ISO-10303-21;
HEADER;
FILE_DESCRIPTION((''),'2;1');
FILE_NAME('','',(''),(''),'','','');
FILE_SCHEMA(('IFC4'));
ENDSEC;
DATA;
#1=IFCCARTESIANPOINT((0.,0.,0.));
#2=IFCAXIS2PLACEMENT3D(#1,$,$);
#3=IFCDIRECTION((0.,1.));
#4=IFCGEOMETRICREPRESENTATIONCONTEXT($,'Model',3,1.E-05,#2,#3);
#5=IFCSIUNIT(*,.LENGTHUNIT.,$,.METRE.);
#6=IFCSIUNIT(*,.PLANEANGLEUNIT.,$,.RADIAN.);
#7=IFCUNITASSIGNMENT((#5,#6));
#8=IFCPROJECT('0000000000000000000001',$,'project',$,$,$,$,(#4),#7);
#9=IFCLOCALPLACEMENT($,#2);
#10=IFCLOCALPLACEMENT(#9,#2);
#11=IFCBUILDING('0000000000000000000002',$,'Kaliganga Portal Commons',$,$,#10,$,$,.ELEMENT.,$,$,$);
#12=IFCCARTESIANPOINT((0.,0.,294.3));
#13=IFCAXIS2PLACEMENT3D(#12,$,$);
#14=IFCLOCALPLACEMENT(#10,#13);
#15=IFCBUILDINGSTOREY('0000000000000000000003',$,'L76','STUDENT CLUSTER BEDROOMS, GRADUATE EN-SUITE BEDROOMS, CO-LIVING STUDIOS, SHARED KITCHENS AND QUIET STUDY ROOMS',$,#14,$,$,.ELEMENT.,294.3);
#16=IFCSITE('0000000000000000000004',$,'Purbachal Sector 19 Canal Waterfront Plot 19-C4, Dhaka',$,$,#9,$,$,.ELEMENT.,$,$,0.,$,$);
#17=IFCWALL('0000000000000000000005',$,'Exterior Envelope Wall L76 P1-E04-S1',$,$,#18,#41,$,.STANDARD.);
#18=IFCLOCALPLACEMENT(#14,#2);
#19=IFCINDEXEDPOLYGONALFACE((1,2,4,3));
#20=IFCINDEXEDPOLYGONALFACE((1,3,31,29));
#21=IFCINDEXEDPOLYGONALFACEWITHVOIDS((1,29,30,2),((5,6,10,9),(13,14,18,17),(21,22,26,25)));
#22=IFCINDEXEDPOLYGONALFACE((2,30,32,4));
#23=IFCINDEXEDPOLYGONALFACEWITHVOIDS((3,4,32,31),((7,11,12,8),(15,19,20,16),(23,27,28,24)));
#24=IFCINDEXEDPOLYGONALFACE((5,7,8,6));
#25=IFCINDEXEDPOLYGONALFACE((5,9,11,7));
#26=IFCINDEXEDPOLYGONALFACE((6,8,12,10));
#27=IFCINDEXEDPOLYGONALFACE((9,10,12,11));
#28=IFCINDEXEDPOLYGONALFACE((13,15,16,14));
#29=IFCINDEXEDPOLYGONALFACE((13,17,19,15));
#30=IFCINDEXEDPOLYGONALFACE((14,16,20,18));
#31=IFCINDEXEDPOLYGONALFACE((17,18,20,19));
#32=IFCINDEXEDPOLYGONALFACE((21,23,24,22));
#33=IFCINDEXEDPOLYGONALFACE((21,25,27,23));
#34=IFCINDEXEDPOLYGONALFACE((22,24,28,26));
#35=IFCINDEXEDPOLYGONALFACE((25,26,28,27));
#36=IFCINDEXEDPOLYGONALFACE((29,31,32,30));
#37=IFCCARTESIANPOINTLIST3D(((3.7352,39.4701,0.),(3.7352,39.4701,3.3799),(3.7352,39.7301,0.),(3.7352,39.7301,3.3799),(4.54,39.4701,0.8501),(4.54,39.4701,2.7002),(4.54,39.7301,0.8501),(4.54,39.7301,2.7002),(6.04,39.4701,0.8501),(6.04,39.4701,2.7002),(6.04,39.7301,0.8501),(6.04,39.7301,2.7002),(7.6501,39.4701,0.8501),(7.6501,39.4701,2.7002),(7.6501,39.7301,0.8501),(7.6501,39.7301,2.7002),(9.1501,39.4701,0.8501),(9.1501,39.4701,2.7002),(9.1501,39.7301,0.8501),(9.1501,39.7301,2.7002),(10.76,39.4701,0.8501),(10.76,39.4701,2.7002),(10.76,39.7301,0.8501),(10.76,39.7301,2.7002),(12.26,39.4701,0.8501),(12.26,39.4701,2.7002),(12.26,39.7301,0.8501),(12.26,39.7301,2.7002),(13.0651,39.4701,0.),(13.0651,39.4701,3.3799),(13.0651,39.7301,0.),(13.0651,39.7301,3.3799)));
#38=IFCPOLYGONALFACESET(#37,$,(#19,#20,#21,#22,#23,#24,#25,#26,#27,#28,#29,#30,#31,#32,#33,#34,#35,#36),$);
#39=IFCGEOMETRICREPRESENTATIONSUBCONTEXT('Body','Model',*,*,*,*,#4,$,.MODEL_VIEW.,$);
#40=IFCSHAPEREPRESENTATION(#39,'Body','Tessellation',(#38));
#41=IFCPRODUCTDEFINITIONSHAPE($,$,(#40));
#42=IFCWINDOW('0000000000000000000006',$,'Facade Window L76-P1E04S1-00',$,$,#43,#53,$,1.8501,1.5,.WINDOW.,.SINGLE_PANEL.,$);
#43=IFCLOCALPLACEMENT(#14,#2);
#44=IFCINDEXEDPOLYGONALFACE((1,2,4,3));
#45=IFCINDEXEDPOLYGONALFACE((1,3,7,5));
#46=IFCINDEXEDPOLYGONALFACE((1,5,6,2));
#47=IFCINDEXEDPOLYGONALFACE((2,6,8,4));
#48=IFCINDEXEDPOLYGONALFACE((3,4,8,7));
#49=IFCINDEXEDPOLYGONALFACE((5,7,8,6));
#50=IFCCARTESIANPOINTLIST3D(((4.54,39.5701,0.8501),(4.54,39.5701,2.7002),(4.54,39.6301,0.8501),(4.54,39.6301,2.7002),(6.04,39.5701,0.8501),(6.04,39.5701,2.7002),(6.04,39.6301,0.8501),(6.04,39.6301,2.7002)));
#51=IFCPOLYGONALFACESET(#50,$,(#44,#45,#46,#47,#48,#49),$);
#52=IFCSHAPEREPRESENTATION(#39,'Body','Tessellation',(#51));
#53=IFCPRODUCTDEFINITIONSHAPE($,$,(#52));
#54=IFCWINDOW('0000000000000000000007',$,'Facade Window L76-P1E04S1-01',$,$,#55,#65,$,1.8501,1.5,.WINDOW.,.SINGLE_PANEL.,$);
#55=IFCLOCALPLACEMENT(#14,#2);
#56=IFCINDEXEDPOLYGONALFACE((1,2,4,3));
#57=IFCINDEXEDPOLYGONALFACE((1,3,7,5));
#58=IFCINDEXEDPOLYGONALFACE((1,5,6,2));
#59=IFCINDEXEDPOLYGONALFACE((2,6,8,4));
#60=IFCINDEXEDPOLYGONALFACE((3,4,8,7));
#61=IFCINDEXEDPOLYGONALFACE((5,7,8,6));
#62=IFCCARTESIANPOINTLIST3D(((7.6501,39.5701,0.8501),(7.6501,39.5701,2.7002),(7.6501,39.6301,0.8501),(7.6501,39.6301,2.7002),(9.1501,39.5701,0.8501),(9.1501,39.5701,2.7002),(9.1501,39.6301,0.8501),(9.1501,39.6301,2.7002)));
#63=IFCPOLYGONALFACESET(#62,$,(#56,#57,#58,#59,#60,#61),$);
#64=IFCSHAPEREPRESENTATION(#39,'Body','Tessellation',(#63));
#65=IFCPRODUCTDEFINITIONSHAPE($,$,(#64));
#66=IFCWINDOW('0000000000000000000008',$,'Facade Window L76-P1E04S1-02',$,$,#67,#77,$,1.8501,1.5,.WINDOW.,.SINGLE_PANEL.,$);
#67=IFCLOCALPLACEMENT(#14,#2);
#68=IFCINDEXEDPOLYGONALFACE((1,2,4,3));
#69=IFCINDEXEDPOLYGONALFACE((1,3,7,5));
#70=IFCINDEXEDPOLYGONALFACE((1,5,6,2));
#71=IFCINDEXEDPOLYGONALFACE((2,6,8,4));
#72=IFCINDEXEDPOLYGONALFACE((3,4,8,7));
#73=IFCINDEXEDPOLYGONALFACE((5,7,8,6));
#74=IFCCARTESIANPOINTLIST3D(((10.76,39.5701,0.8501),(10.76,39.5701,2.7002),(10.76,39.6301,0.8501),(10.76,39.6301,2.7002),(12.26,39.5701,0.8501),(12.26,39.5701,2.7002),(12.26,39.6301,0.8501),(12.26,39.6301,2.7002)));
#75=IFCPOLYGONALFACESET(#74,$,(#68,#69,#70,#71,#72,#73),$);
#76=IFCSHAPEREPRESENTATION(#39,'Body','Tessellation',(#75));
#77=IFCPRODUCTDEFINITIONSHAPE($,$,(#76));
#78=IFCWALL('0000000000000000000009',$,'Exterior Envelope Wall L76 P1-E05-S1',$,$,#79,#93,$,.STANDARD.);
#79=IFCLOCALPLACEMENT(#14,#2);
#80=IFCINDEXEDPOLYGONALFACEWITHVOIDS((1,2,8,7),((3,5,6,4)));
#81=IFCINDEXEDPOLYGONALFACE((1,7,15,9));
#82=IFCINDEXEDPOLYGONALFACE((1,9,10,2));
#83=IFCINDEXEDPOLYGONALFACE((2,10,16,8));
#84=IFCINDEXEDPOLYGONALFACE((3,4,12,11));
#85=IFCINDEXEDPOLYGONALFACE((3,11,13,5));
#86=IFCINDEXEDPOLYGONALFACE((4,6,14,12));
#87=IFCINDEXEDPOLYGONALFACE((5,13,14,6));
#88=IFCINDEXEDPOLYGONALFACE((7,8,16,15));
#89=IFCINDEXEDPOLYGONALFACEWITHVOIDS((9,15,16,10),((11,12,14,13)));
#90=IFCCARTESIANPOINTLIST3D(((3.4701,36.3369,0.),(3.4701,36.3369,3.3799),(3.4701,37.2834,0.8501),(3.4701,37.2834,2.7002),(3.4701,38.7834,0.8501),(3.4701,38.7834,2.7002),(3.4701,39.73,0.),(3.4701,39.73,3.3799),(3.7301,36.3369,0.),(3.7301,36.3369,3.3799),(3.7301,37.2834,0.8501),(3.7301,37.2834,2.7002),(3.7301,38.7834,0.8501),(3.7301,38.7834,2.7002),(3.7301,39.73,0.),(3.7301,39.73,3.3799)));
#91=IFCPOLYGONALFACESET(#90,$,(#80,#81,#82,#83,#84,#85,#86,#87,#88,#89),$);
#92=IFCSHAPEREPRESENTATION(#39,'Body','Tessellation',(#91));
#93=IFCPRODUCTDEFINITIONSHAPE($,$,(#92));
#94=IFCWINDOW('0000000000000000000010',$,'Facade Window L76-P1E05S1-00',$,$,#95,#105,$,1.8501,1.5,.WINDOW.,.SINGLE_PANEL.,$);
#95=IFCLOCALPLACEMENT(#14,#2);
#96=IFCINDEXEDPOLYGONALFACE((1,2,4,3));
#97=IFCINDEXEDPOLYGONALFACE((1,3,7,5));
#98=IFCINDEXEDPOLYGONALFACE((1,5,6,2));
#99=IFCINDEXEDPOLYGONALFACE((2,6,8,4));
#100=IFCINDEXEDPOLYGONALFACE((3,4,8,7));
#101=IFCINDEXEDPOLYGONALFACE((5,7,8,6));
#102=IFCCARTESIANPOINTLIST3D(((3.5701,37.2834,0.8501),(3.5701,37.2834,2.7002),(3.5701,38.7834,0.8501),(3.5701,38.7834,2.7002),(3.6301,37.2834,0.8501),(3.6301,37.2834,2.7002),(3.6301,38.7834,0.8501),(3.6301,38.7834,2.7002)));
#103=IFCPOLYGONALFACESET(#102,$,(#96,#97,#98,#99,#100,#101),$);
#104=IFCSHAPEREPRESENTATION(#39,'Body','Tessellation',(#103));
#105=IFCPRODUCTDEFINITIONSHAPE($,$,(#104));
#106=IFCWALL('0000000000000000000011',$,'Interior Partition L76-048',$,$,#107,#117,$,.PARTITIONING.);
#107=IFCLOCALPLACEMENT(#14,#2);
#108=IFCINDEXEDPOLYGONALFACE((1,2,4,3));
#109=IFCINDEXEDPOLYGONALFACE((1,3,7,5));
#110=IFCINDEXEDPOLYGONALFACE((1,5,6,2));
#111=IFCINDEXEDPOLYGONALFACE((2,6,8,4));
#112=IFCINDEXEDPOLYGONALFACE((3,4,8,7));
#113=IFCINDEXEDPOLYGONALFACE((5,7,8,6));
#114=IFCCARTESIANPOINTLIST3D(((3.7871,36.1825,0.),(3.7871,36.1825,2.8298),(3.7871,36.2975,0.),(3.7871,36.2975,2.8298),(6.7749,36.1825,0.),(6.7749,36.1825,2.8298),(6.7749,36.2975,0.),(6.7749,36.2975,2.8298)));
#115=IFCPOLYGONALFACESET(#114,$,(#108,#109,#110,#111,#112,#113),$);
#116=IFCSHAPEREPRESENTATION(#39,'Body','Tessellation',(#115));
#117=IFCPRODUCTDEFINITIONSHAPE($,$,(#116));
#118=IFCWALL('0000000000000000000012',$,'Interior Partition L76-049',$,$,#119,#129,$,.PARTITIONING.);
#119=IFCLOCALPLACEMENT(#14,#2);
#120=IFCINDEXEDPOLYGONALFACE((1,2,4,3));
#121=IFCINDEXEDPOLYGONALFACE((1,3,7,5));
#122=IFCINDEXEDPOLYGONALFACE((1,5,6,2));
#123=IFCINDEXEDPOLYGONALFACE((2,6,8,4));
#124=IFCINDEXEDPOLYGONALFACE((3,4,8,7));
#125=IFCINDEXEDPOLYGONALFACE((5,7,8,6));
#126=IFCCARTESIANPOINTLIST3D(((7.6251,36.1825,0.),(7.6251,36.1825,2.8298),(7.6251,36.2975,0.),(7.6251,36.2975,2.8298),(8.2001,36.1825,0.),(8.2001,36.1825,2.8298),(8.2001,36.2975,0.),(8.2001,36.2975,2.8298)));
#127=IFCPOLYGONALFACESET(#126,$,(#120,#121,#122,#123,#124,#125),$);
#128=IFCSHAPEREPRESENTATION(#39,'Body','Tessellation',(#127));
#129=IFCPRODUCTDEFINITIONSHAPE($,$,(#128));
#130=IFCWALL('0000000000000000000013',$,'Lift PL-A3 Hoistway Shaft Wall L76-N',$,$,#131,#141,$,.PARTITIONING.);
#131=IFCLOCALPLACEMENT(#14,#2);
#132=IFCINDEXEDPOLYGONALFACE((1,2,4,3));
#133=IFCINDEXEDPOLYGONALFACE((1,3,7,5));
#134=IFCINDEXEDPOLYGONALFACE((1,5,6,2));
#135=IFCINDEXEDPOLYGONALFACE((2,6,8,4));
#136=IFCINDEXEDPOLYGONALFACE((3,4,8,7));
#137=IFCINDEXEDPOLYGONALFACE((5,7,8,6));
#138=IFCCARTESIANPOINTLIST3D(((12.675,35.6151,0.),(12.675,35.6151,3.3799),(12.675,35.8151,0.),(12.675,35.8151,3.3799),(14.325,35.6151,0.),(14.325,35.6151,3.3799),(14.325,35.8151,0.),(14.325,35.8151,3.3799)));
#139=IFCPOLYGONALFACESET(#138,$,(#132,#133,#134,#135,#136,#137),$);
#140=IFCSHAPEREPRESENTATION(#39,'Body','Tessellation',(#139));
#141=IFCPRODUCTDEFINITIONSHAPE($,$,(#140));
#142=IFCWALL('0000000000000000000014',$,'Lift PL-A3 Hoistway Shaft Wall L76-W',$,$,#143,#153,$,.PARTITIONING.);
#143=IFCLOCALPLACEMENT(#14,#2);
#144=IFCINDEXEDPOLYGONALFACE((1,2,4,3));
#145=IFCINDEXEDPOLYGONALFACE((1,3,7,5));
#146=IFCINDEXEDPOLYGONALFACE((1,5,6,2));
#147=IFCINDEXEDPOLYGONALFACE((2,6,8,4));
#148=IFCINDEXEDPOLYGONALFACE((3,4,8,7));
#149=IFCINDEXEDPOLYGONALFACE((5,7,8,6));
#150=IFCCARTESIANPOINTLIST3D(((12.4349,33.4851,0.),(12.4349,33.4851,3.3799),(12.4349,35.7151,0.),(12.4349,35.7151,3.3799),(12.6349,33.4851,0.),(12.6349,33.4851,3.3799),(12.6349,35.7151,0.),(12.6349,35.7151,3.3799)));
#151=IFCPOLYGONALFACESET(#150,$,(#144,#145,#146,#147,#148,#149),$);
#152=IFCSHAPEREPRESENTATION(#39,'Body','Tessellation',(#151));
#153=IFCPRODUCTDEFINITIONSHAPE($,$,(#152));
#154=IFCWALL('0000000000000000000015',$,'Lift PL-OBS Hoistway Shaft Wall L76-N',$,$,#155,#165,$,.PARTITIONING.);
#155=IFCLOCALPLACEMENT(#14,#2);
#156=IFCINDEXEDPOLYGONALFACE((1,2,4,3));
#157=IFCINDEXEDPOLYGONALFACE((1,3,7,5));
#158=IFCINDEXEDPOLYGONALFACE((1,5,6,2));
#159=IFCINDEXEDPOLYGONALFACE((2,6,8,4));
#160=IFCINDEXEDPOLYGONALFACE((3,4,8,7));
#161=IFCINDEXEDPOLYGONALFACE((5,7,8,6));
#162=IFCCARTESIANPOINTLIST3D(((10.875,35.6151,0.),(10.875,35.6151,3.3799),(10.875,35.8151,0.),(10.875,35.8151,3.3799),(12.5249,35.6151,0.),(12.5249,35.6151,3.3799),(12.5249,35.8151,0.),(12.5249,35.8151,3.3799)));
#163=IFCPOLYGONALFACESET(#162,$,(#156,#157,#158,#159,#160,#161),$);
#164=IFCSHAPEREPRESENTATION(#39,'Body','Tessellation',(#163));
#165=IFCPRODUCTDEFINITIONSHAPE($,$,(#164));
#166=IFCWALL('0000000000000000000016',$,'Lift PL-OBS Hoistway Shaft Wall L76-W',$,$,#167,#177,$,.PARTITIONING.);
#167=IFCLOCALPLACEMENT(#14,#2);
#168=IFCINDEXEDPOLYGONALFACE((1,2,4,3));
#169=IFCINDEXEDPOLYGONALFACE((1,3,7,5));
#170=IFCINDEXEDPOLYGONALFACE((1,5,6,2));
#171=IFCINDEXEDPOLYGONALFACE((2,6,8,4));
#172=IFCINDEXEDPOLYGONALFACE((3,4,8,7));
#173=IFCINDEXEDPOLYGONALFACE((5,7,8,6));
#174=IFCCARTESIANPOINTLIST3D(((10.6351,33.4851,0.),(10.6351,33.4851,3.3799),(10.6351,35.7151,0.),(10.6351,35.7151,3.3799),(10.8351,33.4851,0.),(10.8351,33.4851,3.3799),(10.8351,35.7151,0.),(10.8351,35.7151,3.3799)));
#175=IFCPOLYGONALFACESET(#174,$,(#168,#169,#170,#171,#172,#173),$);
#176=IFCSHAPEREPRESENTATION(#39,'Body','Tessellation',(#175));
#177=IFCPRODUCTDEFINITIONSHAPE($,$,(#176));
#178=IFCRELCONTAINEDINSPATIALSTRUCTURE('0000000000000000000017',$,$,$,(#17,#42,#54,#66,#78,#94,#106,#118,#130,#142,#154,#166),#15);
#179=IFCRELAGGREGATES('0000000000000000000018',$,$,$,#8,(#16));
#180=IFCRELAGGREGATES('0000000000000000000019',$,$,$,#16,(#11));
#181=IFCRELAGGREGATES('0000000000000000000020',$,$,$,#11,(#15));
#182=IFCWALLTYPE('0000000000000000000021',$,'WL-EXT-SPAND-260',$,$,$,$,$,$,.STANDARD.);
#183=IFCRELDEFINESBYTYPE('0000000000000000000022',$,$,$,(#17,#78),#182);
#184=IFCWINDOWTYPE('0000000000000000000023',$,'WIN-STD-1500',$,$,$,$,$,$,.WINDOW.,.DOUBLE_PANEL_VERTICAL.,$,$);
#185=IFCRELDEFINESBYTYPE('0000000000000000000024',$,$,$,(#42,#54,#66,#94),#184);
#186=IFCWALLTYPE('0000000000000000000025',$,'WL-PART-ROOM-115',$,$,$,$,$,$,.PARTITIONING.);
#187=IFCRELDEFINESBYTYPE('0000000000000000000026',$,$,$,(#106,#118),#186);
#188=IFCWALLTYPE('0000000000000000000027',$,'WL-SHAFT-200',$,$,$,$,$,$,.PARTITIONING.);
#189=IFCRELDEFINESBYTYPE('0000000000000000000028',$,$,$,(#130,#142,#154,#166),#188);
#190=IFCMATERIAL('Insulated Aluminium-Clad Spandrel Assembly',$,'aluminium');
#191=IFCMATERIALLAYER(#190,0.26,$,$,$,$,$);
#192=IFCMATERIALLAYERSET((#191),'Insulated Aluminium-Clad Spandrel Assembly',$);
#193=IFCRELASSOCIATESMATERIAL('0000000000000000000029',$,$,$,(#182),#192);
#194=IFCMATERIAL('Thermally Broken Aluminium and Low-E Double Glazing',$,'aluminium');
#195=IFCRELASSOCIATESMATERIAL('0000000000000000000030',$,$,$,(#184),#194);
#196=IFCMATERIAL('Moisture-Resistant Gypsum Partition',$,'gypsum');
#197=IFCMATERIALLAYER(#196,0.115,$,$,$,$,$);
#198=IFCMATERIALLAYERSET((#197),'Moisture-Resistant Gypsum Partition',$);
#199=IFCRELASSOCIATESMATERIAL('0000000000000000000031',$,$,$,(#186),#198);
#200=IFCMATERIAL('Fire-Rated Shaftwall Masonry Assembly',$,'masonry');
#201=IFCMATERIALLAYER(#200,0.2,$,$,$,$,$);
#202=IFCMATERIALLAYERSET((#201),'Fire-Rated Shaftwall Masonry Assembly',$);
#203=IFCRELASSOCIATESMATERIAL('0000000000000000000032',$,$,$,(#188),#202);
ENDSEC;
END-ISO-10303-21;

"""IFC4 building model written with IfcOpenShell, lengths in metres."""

from ifc_helpers import new_model, si_unit, direction, frame, frame_2d, origin, place, context, subcontext, project, spatial, rectangle, extrude, material, layer, layer_set, type_object, element, fill, save


model = new_model("IFC4")

# Units and contexts
model_context = context("Model", 3, precision=1e-05, world=origin(), true_north=direction((0.0, 1.0)))
body_context = subcontext(model_context, "Body", "Model", "MODEL_VIEW")
ifc_project = project(units=[si_unit("LENGTHUNIT", "METRE"), si_unit("PLANEANGLEUNIT", "RADIAN")], contexts=[model_context])

# Site, building, storey
site_placement = place(None, origin())
site = spatial("IfcSite", under=ifc_project, at=site_placement, Name="Purbachal Sector 19 Canal Waterfront Plot 19-C4, Dhaka", CompositionType="ELEMENT", RefElevation=0.0)
building_placement = place(site_placement, origin())
building = spatial("IfcBuilding", under=site, at=building_placement, Name="Kaliganga Portal Commons", CompositionType="ELEMENT")
storey_placement = place(building_placement, frame((0.0, 0.0, 294.3)))
storey = spatial("IfcBuildingStorey", under=building, at=storey_placement, Name="L76", Description="STUDENT CLUSTER BEDROOMS, GRADUATE EN-SUITE BEDROOMS, CO-LIVING STUDIOS, SHARED KITCHENS AND QUIET STUDY ROOMS", CompositionType="ELEMENT", Elevation=294.3)

# Wall, openings, windows
ifc_material_1 = material(Name="Insulated Aluminium-Clad Spandrel Assembly", Category="aluminium")
ifc_layer_1 = layer(ifc_material_1, 0.26)
ifc_layer_set_1 = layer_set([ifc_layer_1], Name="Insulated Aluminium-Clad Spandrel Assembly")
wall_type_1 = type_object("IfcWallType", Name="WL-EXT-SPAND-260", PredefinedType="STANDARD", material=ifc_layer_set_1)
wall_1_placement = place(storey_placement, frame((3.7351, 39.6001, 0.0), z_axis=(0.0, 0.0, 1.0), x_axis=(1.0, 0.0, 0.0)))
wall_1 = element("IfcWall", 1, at=wall_1_placement, inside=storey, type_object=wall_type_1, Name="Exterior Envelope Wall L76 P1-E04-S1", PredefinedType="STANDARD", context=body_context, shape_type="SweptSolid", body=[
    extrude(rectangle(XDim=9.3298, YDim=0.26, at=frame_2d((4.665, 0.0))), origin(), (0.0, 0.0, 1.0), 3.3799),
])
opening_1_placement = place(wall_1_placement, frame((0.8049, 0.0, 0.8501)))
opening_1 = element("IfcOpeningElement", 2, at=opening_1_placement, cuts=wall_1, PredefinedType="OPENING", context=body_context, shape_type="SweptSolid", body=[
    extrude(rectangle(XDim=1.5, YDim=1.8501, at=frame_2d((0.75, 0.925))), frame((0.0, 0.1401, 0.0), z_axis=(0.0, -1.0, 0.0), x_axis=(1.0, 0.0, 0.0)), (0.0, 0.0, 1.0), 0.28),
])
opening_2_placement = place(wall_1_placement, frame((3.915, 0.0, 0.8501)))
opening_2 = element("IfcOpeningElement", 3, at=opening_2_placement, cuts=wall_1, PredefinedType="OPENING", context=body_context, shape_type="SweptSolid", body=[
    extrude(rectangle(XDim=1.5, YDim=1.8501, at=frame_2d((0.75, 0.925))), frame((0.0, 0.1401, 0.0), z_axis=(0.0, -1.0, 0.0), x_axis=(1.0, 0.0, 0.0)), (0.0, 0.0, 1.0), 0.28),
])
opening_3_placement = place(wall_1_placement, frame((7.0249, 0.0, 0.8501)))
opening_3 = element("IfcOpeningElement", 4, at=opening_3_placement, cuts=wall_1, PredefinedType="OPENING", context=body_context, shape_type="SweptSolid", body=[
    extrude(rectangle(XDim=1.5, YDim=1.8501, at=frame_2d((0.75, 0.925))), frame((0.0, 0.1401, 0.0), z_axis=(0.0, -1.0, 0.0), x_axis=(1.0, 0.0, 0.0)), (0.0, 0.0, 1.0), 0.28),
])
ifc_material_2 = material(Name="Thermally Broken Aluminium and Low-E Double Glazing", Category="aluminium")
window_type = type_object("IfcWindowType", Name="WIN-STD-1500", PartitioningType="DOUBLE_PANEL_VERTICAL", PredefinedType="WINDOW", material=ifc_material_2)
window_1_placement = place(opening_1_placement, origin())
window_1 = element("IfcWindow", 5, at=window_1_placement, inside=storey, type_object=window_type, Name="Facade Window L76-P1E04S1-00", OverallHeight=1.8501, OverallWidth=1.5, PartitioningType="SINGLE_PANEL", PredefinedType="WINDOW", context=body_context, shape_type="SweptSolid", body=[
    extrude(rectangle(XDim=1.5, YDim=1.8501, at=frame_2d((0.75, 0.925))), frame((0.0, 0.03, 0.0), z_axis=(0.0, -1.0, 0.0), x_axis=(1.0, 0.0, 0.0)), (0.0, 0.0, 1.0), 0.0601),
])
fill(opening_1, window_1)
window_2_placement = place(opening_2_placement, origin())
window_2 = element("IfcWindow", 6, at=window_2_placement, inside=storey, type_object=window_type, Name="Facade Window L76-P1E04S1-01", OverallHeight=1.8501, OverallWidth=1.5, PartitioningType="SINGLE_PANEL", PredefinedType="WINDOW", context=body_context, shape_type="SweptSolid", body=[
    extrude(rectangle(XDim=1.5, YDim=1.8501, at=frame_2d((0.75, 0.925))), frame((0.0, 0.03, 0.0), z_axis=(0.0, -1.0, 0.0), x_axis=(1.0, 0.0, 0.0)), (0.0, 0.0, 1.0), 0.0601),
])
fill(opening_2, window_2)
window_3_placement = place(opening_3_placement, origin())
window_3 = element("IfcWindow", 7, at=window_3_placement, inside=storey, type_object=window_type, Name="Facade Window L76-P1E04S1-02", OverallHeight=1.8501, OverallWidth=1.5, PartitioningType="SINGLE_PANEL", PredefinedType="WINDOW", context=body_context, shape_type="SweptSolid", body=[
    extrude(rectangle(XDim=1.5, YDim=1.8501, at=frame_2d((0.75, 0.925))), frame((0.0, 0.03, 0.0), z_axis=(0.0, -1.0, 0.0), x_axis=(1.0, 0.0, 0.0)), (0.0, 0.0, 1.0), 0.0601),
])
fill(opening_3, window_3)

# Wall, opening, window
wall_2_placement = place(storey_placement, frame((3.6001, 36.3369, 0.0), z_axis=(0.0, 0.0, 1.0), x_axis=(0.0, 1.0, 0.0)))
wall_2 = element("IfcWall", 8, at=wall_2_placement, inside=storey, type_object=wall_type_1, Name="Exterior Envelope Wall L76 P1-E05-S1", PredefinedType="STANDARD", context=body_context, shape_type="SweptSolid", body=[
    extrude(rectangle(XDim=3.3931, YDim=0.26, at=frame_2d((1.6965, 0.0))), origin(), (0.0, 0.0, 1.0), 3.3799),
])
opening_4_placement = place(wall_2_placement, frame((0.9465, 0.0, 0.8501)))
opening_4 = element("IfcOpeningElement", 9, at=opening_4_placement, cuts=wall_2, PredefinedType="OPENING", context=body_context, shape_type="SweptSolid", body=[
    extrude(rectangle(XDim=1.5, YDim=1.8501, at=frame_2d((0.75, 0.925))), frame((0.0, 0.1401, 0.0), z_axis=(0.0, -1.0, 0.0), x_axis=(1.0, 0.0, 0.0)), (0.0, 0.0, 1.0), 0.28),
])
window_4_placement = place(opening_4_placement, origin())
window_4 = element("IfcWindow", 10, at=window_4_placement, inside=storey, type_object=window_type, Name="Facade Window L76-P1E05S1-00", OverallHeight=1.8501, OverallWidth=1.5, PartitioningType="SINGLE_PANEL", PredefinedType="WINDOW", context=body_context, shape_type="SweptSolid", body=[
    extrude(rectangle(XDim=1.5, YDim=1.8501, at=frame_2d((0.75, 0.925))), frame((0.0, 0.03, 0.0), z_axis=(0.0, -1.0, 0.0), x_axis=(1.0, 0.0, 0.0)), (0.0, 0.0, 1.0), 0.0601),
])
fill(opening_4, window_4)

# Walls
ifc_material_3 = material(Name="Moisture-Resistant Gypsum Partition", Category="gypsum")
ifc_layer_2 = layer(ifc_material_3, 0.115)
ifc_layer_set_2 = layer_set([ifc_layer_2], Name="Moisture-Resistant Gypsum Partition")
wall_type_2 = type_object("IfcWallType", Name="WL-PART-ROOM-115", PredefinedType="PARTITIONING", material=ifc_layer_set_2)
wall_3_placement = place(storey_placement, frame((3.7871, 36.24, 0.0), z_axis=(0.0, 0.0, 1.0), x_axis=(1.0, 0.0, 0.0)))
element("IfcWall", 11, at=wall_3_placement, inside=storey, type_object=wall_type_2, Name="Interior Partition L76-048", PredefinedType="PARTITIONING", context=body_context, shape_type="SweptSolid", body=[
    extrude(rectangle(XDim=2.9878, YDim=0.115, at=frame_2d((1.4939, 0.0))), origin(), (0.0, 0.0, 1.0), 2.8298),
])
wall_4_placement = place(storey_placement, frame((7.625, 36.24, 0.0), z_axis=(0.0, 0.0, 1.0), x_axis=(1.0, 0.0, 0.0)))
element("IfcWall", 12, at=wall_4_placement, inside=storey, type_object=wall_type_2, Name="Interior Partition L76-049", PredefinedType="PARTITIONING", context=body_context, shape_type="SweptSolid", body=[
    extrude(rectangle(XDim=0.575, YDim=0.115, at=frame_2d((0.2876, 0.0))), origin(), (0.0, 0.0, 1.0), 2.8298),
])

# Shared definitions
ifc_material_4 = material(Name="Fire-Rated Shaftwall Masonry Assembly", Category="masonry")
ifc_layer_3 = layer(ifc_material_4, 0.2)
ifc_layer_set_3 = layer_set([ifc_layer_3], Name="Fire-Rated Shaftwall Masonry Assembly")
wall_type_3 = type_object("IfcWallType", Name="WL-SHAFT-200", PredefinedType="PARTITIONING", material=ifc_layer_set_3)

# Walls
wall_5_placement = place(storey_placement, frame((12.675, 35.7151, 0.0), z_axis=(0.0, 0.0, 1.0), x_axis=(1.0, 0.0, 0.0)))
element("IfcWall", 13, at=wall_5_placement, inside=storey, type_object=wall_type_3, Name="Lift PL-A3 Hoistway Shaft Wall L76-N", PredefinedType="PARTITIONING", context=body_context, shape_type="SweptSolid", body=[
    extrude(rectangle(XDim=1.6499, YDim=0.2, at=frame_2d((0.825, 0.0))), origin(), (0.0, 0.0, 1.0), 3.3799),
])
wall_6_placement = place(storey_placement, frame((12.5349, 33.4851, 0.0), z_axis=(0.0, 0.0, 1.0), x_axis=(0.0, 1.0, 0.0)))
element("IfcWall", 14, at=wall_6_placement, inside=storey, type_object=wall_type_3, Name="Lift PL-A3 Hoistway Shaft Wall L76-W", PredefinedType="PARTITIONING", context=body_context, shape_type="SweptSolid", body=[
    extrude(rectangle(XDim=2.23, YDim=0.2, at=frame_2d((1.115, 0.0))), origin(), (0.0, 0.0, 1.0), 3.3799),
])

# Walls
wall_7_placement = place(storey_placement, frame((10.875, 35.7151, 0.0), z_axis=(0.0, 0.0, 1.0), x_axis=(1.0, 0.0, 0.0)))
element("IfcWall", 15, at=wall_7_placement, inside=storey, type_object=wall_type_3, Name="Lift PL-OBS Hoistway Shaft Wall L76-N", PredefinedType="PARTITIONING", context=body_context, shape_type="SweptSolid", body=[
    extrude(rectangle(XDim=1.6499, YDim=0.2, at=frame_2d((0.825, 0.0))), origin(), (0.0, 0.0, 1.0), 3.3799),
])
wall_8_placement = place(storey_placement, frame((10.7351, 33.4851, 0.0), z_axis=(0.0, 0.0, 1.0), x_axis=(0.0, 1.0, 0.0)))
element("IfcWall", 16, at=wall_8_placement, inside=storey, type_object=wall_type_3, Name="Lift PL-OBS Hoistway Shaft Wall L76-W", PredefinedType="PARTITIONING", context=body_context, shape_type="SweptSolid", body=[
    extrude(rectangle(XDim=2.23, YDim=0.2, at=frame_2d((1.115, 0.0))), origin(), (0.0, 0.0, 1.0), 3.3799),
])

save(model, "model.ifc")
